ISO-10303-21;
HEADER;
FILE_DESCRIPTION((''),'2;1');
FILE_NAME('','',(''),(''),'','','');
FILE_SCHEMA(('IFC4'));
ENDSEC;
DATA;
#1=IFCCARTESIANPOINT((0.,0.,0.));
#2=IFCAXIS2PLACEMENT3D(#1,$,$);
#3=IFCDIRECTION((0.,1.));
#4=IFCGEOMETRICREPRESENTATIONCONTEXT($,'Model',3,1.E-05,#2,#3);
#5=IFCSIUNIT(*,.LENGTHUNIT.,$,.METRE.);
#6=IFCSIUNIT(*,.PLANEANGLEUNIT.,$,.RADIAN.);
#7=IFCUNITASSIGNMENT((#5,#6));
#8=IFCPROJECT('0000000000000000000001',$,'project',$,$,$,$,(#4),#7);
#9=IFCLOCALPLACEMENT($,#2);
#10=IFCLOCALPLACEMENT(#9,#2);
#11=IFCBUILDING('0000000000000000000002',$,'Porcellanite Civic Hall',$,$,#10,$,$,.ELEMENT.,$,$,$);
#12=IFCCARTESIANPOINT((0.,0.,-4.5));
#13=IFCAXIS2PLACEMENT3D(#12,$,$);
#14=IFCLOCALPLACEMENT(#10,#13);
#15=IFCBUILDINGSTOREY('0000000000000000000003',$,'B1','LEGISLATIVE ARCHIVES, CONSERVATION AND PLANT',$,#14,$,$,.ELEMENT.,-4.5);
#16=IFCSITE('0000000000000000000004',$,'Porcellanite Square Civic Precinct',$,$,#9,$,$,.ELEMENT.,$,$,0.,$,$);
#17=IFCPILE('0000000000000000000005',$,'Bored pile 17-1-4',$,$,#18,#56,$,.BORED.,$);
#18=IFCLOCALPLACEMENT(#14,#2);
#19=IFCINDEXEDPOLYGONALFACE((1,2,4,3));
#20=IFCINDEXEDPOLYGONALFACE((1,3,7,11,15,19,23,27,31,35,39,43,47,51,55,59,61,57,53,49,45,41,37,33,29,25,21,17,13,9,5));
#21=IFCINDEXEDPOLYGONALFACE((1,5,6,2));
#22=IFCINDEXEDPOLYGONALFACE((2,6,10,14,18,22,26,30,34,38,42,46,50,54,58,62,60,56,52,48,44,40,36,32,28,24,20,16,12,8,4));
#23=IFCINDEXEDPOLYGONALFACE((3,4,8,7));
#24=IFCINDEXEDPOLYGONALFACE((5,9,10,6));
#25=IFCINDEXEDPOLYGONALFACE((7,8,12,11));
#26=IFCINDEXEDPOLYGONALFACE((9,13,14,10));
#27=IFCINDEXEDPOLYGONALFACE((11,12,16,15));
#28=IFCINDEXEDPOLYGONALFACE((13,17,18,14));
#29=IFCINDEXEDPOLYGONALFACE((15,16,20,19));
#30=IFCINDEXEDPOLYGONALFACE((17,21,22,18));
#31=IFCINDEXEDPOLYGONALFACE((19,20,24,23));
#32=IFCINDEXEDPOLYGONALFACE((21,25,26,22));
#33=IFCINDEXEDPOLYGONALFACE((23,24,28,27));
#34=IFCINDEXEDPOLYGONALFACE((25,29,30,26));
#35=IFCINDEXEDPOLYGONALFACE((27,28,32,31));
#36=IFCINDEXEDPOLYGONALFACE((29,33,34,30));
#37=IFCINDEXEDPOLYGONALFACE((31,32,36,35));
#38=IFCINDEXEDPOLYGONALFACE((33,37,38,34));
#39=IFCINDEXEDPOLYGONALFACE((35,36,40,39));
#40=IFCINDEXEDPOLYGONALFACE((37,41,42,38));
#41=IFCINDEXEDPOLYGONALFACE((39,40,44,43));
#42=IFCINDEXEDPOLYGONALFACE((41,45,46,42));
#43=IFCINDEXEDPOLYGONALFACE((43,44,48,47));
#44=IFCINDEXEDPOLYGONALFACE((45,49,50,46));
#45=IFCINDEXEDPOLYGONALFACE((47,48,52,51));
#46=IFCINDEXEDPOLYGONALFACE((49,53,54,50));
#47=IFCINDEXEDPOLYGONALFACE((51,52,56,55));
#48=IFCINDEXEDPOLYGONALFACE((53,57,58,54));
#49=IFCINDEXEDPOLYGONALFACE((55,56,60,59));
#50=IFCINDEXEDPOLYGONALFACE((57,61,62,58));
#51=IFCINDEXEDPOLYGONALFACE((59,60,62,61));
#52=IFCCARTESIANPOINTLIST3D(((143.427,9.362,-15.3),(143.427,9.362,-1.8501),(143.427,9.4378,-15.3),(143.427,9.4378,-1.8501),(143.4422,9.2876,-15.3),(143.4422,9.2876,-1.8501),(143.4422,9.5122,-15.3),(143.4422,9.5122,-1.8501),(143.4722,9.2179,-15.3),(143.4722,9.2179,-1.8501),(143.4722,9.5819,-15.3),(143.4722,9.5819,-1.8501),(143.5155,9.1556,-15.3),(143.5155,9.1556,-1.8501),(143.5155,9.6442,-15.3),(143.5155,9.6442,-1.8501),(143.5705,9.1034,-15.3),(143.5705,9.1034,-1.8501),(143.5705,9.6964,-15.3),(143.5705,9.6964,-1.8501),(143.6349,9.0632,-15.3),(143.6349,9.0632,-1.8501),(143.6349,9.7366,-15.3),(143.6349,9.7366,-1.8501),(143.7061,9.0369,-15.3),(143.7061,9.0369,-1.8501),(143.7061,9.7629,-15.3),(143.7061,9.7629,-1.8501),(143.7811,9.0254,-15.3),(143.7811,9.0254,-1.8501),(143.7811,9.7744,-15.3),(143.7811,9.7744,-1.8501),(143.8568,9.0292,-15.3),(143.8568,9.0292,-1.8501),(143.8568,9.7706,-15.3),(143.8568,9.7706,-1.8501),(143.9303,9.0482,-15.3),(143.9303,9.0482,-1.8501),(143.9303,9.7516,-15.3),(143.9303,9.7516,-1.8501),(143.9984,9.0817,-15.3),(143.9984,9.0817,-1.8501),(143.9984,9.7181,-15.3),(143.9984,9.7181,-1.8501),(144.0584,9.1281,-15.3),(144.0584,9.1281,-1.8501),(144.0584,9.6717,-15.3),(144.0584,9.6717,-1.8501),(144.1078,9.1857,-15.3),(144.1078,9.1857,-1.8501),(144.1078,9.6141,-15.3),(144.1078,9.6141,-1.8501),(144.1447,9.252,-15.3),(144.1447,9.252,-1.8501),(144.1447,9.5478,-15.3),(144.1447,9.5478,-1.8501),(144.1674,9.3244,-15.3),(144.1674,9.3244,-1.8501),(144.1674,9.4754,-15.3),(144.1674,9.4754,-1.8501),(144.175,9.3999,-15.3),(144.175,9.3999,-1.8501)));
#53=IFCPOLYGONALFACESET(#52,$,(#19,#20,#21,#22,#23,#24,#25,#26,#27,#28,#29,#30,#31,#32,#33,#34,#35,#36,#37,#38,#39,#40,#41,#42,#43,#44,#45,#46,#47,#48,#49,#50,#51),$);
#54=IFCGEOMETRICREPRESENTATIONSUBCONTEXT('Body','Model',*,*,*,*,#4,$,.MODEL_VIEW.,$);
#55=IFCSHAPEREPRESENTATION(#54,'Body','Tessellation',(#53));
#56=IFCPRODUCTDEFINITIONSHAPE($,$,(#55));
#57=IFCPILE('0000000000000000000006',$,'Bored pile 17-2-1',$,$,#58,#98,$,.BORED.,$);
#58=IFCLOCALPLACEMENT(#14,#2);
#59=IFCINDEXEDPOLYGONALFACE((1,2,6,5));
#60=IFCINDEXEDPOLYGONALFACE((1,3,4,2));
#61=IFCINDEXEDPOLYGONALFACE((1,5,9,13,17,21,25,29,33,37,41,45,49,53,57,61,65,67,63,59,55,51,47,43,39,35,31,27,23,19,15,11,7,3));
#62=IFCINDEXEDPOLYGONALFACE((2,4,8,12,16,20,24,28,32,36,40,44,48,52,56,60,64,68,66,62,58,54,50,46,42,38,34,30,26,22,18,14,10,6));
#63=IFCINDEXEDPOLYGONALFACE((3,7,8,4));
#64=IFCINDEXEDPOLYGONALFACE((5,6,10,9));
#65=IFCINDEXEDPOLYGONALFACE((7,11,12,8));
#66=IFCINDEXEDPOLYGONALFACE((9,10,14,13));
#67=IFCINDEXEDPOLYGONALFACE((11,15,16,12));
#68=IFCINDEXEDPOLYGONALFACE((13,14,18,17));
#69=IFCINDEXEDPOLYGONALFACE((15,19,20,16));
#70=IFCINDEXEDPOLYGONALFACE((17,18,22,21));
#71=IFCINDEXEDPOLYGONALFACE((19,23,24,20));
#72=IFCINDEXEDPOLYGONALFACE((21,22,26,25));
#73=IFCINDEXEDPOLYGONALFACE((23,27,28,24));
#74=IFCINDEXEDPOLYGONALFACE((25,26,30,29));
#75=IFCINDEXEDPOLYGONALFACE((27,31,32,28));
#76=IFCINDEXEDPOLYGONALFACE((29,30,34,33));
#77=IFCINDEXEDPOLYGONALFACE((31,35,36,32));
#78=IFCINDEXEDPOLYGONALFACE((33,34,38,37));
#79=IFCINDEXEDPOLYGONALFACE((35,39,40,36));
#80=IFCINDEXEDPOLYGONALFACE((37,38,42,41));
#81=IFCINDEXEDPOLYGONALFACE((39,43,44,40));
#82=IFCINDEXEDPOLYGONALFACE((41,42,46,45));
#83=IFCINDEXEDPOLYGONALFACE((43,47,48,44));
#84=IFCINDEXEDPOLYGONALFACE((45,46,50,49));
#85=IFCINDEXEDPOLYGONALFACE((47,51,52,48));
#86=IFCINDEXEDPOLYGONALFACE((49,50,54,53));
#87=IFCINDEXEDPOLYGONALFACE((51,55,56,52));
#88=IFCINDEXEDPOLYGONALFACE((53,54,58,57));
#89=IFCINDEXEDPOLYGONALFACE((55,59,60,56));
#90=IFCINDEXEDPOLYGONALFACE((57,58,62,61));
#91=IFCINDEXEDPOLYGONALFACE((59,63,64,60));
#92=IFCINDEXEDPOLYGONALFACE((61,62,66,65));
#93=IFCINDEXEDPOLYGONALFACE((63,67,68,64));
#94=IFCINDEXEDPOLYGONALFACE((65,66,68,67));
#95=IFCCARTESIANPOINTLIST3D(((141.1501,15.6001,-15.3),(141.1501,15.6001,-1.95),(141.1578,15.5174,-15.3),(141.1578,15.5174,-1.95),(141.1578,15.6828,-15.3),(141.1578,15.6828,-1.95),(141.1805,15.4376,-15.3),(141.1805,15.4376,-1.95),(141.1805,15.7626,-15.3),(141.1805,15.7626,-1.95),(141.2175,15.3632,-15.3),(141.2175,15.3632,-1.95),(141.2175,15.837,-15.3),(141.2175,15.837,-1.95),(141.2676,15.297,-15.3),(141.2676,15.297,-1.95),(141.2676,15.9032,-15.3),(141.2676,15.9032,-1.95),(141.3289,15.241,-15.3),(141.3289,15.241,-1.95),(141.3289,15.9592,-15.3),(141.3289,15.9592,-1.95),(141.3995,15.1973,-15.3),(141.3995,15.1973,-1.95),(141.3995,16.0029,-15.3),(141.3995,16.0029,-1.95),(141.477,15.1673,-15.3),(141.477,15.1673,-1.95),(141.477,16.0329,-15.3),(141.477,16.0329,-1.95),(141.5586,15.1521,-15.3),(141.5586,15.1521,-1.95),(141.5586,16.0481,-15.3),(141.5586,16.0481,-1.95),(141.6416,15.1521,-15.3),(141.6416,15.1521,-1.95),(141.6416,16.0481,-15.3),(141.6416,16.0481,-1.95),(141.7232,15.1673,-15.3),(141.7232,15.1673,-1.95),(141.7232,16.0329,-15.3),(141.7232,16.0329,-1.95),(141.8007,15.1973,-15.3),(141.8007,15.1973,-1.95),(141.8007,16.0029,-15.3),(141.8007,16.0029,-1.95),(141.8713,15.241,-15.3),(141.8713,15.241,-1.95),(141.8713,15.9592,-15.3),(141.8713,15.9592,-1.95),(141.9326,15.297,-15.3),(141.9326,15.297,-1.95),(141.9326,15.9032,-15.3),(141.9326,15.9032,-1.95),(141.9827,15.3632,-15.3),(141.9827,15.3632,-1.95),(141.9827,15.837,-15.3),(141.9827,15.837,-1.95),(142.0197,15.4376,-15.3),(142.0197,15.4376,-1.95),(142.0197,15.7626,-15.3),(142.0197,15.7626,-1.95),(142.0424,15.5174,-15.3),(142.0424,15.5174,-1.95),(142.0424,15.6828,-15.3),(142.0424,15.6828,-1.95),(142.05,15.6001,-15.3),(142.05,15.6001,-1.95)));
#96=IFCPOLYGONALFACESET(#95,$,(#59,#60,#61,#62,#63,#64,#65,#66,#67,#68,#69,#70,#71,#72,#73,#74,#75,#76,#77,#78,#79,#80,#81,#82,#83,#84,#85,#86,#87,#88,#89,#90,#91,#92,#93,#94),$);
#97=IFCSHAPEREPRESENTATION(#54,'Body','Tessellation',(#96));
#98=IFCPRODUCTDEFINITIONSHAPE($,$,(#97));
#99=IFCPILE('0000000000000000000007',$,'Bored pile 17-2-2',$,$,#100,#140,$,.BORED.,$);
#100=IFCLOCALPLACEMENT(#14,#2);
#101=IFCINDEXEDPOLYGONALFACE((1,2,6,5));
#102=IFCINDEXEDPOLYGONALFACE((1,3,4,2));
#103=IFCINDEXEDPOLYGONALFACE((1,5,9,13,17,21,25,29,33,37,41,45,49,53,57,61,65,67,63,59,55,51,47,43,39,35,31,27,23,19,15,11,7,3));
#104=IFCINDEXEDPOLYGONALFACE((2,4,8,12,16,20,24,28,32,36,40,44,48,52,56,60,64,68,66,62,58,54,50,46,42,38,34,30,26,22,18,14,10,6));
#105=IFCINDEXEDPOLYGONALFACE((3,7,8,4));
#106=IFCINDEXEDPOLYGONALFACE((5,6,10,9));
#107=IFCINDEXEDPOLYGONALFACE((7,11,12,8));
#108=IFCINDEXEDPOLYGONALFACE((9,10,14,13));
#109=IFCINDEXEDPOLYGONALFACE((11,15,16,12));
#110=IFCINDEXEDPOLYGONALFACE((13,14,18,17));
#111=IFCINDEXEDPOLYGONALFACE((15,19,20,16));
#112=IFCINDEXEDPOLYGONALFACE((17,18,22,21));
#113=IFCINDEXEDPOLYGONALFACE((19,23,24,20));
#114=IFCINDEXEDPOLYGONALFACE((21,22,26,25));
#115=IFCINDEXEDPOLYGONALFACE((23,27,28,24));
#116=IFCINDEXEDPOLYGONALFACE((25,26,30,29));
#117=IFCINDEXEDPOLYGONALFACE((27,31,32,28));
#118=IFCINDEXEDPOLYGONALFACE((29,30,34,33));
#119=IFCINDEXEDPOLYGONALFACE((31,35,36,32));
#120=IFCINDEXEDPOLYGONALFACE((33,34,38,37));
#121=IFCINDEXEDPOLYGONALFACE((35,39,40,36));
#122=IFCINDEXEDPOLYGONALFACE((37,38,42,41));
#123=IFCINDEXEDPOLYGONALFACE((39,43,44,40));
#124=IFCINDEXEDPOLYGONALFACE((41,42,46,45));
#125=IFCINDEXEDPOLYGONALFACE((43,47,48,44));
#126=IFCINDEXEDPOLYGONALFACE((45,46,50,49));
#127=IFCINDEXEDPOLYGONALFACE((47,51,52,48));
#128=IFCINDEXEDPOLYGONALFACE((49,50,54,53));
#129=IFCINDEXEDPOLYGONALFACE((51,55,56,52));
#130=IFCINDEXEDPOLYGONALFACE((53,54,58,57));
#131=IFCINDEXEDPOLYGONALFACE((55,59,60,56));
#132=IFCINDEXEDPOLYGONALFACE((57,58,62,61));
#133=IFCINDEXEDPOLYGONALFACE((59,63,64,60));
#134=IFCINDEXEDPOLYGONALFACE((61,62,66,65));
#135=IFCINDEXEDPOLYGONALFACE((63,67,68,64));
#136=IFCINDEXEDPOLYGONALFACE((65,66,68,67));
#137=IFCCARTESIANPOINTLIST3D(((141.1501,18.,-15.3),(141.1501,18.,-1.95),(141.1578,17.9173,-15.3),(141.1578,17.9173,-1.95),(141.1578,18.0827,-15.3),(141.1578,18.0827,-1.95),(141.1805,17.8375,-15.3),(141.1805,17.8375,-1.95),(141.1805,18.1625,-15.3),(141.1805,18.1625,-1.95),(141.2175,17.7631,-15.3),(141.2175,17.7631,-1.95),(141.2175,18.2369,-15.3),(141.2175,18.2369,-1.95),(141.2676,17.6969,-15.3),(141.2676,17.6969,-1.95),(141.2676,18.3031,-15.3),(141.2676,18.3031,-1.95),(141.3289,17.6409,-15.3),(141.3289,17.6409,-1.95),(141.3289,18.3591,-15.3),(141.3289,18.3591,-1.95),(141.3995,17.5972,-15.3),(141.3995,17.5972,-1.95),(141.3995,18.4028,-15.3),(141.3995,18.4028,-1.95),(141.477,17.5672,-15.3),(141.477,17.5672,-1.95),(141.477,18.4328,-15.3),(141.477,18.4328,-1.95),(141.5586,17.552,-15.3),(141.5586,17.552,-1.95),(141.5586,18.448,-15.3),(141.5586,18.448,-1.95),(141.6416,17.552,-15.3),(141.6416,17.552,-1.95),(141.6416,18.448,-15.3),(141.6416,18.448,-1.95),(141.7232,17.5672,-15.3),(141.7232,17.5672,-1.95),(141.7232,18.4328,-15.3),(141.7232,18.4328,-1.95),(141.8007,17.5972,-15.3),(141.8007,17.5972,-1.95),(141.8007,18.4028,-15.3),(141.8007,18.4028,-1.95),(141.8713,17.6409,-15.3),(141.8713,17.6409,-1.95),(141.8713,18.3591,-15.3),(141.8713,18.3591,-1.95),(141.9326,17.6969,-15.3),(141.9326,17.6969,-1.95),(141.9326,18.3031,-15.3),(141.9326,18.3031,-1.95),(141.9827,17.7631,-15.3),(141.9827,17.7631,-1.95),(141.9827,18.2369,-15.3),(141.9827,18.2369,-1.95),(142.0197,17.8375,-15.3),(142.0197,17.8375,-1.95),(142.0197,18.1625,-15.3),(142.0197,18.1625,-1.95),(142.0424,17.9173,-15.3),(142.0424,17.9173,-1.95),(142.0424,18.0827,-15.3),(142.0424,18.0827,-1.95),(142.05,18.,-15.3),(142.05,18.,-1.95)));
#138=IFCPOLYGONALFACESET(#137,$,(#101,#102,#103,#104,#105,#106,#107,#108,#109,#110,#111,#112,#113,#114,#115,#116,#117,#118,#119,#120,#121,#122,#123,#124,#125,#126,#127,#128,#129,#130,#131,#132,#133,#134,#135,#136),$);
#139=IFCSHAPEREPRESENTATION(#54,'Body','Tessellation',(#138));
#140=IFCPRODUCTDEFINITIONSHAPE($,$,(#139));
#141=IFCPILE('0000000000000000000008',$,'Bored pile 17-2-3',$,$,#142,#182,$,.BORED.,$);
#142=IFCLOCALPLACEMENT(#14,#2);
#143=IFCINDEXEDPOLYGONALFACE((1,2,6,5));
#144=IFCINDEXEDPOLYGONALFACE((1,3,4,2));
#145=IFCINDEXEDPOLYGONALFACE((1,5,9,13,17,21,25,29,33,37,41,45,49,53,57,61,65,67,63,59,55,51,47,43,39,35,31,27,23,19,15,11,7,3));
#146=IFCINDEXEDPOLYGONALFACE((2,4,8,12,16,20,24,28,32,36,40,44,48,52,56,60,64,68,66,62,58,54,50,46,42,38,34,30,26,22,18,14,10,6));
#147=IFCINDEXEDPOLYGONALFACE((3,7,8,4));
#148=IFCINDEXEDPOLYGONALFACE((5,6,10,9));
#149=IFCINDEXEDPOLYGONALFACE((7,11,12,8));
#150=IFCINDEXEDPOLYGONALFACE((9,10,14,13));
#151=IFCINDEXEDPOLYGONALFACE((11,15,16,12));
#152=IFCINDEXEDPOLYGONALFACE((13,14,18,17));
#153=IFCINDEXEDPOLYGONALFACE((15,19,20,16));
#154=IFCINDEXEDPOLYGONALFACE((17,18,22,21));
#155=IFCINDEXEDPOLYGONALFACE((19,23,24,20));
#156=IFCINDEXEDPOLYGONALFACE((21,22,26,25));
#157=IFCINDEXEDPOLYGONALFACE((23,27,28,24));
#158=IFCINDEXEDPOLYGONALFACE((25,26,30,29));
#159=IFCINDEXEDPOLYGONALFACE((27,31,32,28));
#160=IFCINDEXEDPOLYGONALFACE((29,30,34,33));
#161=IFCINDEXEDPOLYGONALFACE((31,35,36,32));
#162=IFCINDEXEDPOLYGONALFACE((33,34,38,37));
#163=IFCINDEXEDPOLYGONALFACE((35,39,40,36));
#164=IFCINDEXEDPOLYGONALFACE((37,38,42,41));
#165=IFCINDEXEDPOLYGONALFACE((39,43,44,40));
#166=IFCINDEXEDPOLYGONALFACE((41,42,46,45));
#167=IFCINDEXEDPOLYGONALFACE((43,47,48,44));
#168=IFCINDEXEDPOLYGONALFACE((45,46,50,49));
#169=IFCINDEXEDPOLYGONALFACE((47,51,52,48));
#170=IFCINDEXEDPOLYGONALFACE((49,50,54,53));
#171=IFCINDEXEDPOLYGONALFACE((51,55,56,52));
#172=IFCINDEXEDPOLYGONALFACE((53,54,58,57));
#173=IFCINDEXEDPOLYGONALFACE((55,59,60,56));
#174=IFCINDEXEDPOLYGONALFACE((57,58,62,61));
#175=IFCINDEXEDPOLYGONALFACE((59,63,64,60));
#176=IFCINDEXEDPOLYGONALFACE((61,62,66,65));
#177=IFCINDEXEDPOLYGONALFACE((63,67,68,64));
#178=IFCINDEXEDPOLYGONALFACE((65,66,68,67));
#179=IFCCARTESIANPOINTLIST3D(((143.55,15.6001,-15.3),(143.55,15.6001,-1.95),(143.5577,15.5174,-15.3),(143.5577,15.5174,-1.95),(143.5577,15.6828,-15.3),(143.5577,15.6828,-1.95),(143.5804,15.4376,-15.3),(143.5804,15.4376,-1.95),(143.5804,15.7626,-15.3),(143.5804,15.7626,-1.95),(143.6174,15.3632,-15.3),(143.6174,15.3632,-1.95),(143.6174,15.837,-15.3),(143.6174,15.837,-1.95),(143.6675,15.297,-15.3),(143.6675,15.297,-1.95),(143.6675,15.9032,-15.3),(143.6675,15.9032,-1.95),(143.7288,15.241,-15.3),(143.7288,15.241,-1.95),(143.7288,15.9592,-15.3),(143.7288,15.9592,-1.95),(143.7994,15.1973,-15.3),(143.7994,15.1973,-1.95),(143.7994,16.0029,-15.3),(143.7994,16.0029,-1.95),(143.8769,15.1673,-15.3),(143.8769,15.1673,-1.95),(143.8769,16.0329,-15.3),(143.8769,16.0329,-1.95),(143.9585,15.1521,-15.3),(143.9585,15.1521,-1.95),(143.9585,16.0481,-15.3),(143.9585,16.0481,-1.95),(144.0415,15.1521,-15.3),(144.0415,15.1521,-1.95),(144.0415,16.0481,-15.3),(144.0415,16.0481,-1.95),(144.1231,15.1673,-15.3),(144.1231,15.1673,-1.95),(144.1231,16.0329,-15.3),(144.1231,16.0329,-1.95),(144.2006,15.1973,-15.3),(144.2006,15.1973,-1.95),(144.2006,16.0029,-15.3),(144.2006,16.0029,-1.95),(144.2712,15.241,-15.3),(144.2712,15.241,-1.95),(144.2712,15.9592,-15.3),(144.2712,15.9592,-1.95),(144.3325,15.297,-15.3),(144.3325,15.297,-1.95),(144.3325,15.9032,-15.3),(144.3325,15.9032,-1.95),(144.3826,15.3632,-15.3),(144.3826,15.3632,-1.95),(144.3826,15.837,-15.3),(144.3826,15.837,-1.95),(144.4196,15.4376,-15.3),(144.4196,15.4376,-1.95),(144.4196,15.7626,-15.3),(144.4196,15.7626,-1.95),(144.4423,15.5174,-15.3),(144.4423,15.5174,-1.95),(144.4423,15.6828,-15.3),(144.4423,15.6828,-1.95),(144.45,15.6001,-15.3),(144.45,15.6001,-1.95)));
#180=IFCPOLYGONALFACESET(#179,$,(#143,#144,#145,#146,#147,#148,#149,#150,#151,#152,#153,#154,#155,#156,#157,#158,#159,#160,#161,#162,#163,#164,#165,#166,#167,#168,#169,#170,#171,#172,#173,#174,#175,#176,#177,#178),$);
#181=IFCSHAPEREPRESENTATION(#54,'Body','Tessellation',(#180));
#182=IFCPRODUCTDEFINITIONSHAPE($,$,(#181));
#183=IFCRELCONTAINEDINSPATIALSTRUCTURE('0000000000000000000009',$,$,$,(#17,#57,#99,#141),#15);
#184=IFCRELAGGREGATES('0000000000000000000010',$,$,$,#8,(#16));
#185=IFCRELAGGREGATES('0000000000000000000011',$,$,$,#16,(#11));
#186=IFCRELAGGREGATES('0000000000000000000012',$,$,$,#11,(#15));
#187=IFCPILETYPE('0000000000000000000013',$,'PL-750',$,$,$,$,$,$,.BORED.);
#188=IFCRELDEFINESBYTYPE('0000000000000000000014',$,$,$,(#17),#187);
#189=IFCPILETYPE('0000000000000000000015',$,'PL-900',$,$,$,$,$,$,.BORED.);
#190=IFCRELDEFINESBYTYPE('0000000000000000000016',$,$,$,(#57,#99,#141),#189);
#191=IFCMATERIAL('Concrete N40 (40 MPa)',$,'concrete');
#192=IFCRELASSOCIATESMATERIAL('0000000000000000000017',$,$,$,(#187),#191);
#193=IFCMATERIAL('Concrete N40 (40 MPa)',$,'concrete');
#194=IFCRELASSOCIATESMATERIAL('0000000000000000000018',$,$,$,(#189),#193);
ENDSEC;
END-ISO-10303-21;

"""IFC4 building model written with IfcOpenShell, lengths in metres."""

from ifc_helpers import new_model, si_unit, direction, frame, origin, origin_2d, place, context, subcontext, project, spatial, circle, extrude, material, material_profile, profile_set, type_object, element, save


model = new_model("IFC4")

# Units and contexts
model_context = context("Model", 3, precision=1e-05, world=origin(), true_north=direction((0.0, 1.0)))
body_context = subcontext(model_context, "Body", "Model", "MODEL_VIEW")
ifc_project = project(units=[si_unit("LENGTHUNIT", "METRE"), si_unit("PLANEANGLEUNIT", "RADIAN")], contexts=[model_context])

# Site, building, storey
site_placement = place(None, origin())
site = spatial("IfcSite", under=ifc_project, at=site_placement, Name="Porcellanite Square Civic Precinct", CompositionType="ELEMENT", RefElevation=0.0)
building_placement = place(site_placement, origin())
building = spatial("IfcBuilding", under=site, at=building_placement, Name="Porcellanite Civic Hall", CompositionType="ELEMENT")
storey_placement = place(building_placement, frame((0.0, 0.0, -4.5)))
storey = spatial("IfcBuildingStorey", under=building, at=storey_placement, Name="B1", Description="LEGISLATIVE ARCHIVES, CONSERVATION AND PLANT", CompositionType="ELEMENT", Elevation=-4.5)

# Piles
ifc_material_1 = material(Name="Concrete N40 (40 MPa)", Category="concrete")
ifc_material_profile_1 = material_profile(ifc_material_1, circle(Radius=0.375, at=origin_2d()), Name="PILE-D750")
ifc_profile_set_1 = profile_set([ifc_material_profile_1], Name="Concrete N40 (40 MPa)")
pile_type_1 = type_object("IfcPileType", Name="PL-750", PredefinedType="BORED", material=ifc_profile_set_1)
for number, where, z_axis, x_axis, name in (
    (1, (143.8, 9.3999, -1.8501), (0.0, 0.0, -1.0), (1.0, 0.0, 0.0), "Bored pile 17-1-4"),
):
    element("IfcPile", number, at=place(storey_placement, frame(where, z_axis=z_axis, x_axis=x_axis)), inside=storey, type_object=pile_type_1, Name=name, PredefinedType="BORED", context=body_context, shape_type="SweptSolid", body=[
        extrude(circle(Radius=0.375, at=origin_2d()), origin(), (0.0, 0.0, 1.0), 13.45),
    ])
ifc_material_2 = material(Name="Concrete N40 (40 MPa)", Category="concrete")
ifc_material_profile_2 = material_profile(ifc_material_2, circle(Radius=0.45, at=origin_2d()), Name="PILE-D900")
ifc_profile_set_2 = profile_set([ifc_material_profile_2], Name="Concrete N40 (40 MPa)")
pile_type_2 = type_object("IfcPileType", Name="PL-900", PredefinedType="BORED", material=ifc_profile_set_2)
for number, where, z_axis, x_axis, name in (
    (2, (141.6001, 15.6001, -1.95), (0.0, 0.0, -1.0), (1.0, 0.0, 0.0), "Bored pile 17-2-1"),
    (3, (141.6001, 18.0, -1.95), (0.0, 0.0, -1.0), (1.0, 0.0, 0.0), "Bored pile 17-2-2"),
    (4, (144.0, 15.6001, -1.95), (0.0, 0.0, -1.0), (1.0, 0.0, 0.0), "Bored pile 17-2-3"),
):
    element("IfcPile", number, at=place(storey_placement, frame(where, z_axis=z_axis, x_axis=x_axis)), inside=storey, type_object=pile_type_2, Name=name, PredefinedType="BORED", context=body_context, shape_type="SweptSolid", body=[
        extrude(circle(Radius=0.45, at=origin_2d()), origin(), (0.0, 0.0, 1.0), 13.3501),
    ])

save(model, "model.ifc")
